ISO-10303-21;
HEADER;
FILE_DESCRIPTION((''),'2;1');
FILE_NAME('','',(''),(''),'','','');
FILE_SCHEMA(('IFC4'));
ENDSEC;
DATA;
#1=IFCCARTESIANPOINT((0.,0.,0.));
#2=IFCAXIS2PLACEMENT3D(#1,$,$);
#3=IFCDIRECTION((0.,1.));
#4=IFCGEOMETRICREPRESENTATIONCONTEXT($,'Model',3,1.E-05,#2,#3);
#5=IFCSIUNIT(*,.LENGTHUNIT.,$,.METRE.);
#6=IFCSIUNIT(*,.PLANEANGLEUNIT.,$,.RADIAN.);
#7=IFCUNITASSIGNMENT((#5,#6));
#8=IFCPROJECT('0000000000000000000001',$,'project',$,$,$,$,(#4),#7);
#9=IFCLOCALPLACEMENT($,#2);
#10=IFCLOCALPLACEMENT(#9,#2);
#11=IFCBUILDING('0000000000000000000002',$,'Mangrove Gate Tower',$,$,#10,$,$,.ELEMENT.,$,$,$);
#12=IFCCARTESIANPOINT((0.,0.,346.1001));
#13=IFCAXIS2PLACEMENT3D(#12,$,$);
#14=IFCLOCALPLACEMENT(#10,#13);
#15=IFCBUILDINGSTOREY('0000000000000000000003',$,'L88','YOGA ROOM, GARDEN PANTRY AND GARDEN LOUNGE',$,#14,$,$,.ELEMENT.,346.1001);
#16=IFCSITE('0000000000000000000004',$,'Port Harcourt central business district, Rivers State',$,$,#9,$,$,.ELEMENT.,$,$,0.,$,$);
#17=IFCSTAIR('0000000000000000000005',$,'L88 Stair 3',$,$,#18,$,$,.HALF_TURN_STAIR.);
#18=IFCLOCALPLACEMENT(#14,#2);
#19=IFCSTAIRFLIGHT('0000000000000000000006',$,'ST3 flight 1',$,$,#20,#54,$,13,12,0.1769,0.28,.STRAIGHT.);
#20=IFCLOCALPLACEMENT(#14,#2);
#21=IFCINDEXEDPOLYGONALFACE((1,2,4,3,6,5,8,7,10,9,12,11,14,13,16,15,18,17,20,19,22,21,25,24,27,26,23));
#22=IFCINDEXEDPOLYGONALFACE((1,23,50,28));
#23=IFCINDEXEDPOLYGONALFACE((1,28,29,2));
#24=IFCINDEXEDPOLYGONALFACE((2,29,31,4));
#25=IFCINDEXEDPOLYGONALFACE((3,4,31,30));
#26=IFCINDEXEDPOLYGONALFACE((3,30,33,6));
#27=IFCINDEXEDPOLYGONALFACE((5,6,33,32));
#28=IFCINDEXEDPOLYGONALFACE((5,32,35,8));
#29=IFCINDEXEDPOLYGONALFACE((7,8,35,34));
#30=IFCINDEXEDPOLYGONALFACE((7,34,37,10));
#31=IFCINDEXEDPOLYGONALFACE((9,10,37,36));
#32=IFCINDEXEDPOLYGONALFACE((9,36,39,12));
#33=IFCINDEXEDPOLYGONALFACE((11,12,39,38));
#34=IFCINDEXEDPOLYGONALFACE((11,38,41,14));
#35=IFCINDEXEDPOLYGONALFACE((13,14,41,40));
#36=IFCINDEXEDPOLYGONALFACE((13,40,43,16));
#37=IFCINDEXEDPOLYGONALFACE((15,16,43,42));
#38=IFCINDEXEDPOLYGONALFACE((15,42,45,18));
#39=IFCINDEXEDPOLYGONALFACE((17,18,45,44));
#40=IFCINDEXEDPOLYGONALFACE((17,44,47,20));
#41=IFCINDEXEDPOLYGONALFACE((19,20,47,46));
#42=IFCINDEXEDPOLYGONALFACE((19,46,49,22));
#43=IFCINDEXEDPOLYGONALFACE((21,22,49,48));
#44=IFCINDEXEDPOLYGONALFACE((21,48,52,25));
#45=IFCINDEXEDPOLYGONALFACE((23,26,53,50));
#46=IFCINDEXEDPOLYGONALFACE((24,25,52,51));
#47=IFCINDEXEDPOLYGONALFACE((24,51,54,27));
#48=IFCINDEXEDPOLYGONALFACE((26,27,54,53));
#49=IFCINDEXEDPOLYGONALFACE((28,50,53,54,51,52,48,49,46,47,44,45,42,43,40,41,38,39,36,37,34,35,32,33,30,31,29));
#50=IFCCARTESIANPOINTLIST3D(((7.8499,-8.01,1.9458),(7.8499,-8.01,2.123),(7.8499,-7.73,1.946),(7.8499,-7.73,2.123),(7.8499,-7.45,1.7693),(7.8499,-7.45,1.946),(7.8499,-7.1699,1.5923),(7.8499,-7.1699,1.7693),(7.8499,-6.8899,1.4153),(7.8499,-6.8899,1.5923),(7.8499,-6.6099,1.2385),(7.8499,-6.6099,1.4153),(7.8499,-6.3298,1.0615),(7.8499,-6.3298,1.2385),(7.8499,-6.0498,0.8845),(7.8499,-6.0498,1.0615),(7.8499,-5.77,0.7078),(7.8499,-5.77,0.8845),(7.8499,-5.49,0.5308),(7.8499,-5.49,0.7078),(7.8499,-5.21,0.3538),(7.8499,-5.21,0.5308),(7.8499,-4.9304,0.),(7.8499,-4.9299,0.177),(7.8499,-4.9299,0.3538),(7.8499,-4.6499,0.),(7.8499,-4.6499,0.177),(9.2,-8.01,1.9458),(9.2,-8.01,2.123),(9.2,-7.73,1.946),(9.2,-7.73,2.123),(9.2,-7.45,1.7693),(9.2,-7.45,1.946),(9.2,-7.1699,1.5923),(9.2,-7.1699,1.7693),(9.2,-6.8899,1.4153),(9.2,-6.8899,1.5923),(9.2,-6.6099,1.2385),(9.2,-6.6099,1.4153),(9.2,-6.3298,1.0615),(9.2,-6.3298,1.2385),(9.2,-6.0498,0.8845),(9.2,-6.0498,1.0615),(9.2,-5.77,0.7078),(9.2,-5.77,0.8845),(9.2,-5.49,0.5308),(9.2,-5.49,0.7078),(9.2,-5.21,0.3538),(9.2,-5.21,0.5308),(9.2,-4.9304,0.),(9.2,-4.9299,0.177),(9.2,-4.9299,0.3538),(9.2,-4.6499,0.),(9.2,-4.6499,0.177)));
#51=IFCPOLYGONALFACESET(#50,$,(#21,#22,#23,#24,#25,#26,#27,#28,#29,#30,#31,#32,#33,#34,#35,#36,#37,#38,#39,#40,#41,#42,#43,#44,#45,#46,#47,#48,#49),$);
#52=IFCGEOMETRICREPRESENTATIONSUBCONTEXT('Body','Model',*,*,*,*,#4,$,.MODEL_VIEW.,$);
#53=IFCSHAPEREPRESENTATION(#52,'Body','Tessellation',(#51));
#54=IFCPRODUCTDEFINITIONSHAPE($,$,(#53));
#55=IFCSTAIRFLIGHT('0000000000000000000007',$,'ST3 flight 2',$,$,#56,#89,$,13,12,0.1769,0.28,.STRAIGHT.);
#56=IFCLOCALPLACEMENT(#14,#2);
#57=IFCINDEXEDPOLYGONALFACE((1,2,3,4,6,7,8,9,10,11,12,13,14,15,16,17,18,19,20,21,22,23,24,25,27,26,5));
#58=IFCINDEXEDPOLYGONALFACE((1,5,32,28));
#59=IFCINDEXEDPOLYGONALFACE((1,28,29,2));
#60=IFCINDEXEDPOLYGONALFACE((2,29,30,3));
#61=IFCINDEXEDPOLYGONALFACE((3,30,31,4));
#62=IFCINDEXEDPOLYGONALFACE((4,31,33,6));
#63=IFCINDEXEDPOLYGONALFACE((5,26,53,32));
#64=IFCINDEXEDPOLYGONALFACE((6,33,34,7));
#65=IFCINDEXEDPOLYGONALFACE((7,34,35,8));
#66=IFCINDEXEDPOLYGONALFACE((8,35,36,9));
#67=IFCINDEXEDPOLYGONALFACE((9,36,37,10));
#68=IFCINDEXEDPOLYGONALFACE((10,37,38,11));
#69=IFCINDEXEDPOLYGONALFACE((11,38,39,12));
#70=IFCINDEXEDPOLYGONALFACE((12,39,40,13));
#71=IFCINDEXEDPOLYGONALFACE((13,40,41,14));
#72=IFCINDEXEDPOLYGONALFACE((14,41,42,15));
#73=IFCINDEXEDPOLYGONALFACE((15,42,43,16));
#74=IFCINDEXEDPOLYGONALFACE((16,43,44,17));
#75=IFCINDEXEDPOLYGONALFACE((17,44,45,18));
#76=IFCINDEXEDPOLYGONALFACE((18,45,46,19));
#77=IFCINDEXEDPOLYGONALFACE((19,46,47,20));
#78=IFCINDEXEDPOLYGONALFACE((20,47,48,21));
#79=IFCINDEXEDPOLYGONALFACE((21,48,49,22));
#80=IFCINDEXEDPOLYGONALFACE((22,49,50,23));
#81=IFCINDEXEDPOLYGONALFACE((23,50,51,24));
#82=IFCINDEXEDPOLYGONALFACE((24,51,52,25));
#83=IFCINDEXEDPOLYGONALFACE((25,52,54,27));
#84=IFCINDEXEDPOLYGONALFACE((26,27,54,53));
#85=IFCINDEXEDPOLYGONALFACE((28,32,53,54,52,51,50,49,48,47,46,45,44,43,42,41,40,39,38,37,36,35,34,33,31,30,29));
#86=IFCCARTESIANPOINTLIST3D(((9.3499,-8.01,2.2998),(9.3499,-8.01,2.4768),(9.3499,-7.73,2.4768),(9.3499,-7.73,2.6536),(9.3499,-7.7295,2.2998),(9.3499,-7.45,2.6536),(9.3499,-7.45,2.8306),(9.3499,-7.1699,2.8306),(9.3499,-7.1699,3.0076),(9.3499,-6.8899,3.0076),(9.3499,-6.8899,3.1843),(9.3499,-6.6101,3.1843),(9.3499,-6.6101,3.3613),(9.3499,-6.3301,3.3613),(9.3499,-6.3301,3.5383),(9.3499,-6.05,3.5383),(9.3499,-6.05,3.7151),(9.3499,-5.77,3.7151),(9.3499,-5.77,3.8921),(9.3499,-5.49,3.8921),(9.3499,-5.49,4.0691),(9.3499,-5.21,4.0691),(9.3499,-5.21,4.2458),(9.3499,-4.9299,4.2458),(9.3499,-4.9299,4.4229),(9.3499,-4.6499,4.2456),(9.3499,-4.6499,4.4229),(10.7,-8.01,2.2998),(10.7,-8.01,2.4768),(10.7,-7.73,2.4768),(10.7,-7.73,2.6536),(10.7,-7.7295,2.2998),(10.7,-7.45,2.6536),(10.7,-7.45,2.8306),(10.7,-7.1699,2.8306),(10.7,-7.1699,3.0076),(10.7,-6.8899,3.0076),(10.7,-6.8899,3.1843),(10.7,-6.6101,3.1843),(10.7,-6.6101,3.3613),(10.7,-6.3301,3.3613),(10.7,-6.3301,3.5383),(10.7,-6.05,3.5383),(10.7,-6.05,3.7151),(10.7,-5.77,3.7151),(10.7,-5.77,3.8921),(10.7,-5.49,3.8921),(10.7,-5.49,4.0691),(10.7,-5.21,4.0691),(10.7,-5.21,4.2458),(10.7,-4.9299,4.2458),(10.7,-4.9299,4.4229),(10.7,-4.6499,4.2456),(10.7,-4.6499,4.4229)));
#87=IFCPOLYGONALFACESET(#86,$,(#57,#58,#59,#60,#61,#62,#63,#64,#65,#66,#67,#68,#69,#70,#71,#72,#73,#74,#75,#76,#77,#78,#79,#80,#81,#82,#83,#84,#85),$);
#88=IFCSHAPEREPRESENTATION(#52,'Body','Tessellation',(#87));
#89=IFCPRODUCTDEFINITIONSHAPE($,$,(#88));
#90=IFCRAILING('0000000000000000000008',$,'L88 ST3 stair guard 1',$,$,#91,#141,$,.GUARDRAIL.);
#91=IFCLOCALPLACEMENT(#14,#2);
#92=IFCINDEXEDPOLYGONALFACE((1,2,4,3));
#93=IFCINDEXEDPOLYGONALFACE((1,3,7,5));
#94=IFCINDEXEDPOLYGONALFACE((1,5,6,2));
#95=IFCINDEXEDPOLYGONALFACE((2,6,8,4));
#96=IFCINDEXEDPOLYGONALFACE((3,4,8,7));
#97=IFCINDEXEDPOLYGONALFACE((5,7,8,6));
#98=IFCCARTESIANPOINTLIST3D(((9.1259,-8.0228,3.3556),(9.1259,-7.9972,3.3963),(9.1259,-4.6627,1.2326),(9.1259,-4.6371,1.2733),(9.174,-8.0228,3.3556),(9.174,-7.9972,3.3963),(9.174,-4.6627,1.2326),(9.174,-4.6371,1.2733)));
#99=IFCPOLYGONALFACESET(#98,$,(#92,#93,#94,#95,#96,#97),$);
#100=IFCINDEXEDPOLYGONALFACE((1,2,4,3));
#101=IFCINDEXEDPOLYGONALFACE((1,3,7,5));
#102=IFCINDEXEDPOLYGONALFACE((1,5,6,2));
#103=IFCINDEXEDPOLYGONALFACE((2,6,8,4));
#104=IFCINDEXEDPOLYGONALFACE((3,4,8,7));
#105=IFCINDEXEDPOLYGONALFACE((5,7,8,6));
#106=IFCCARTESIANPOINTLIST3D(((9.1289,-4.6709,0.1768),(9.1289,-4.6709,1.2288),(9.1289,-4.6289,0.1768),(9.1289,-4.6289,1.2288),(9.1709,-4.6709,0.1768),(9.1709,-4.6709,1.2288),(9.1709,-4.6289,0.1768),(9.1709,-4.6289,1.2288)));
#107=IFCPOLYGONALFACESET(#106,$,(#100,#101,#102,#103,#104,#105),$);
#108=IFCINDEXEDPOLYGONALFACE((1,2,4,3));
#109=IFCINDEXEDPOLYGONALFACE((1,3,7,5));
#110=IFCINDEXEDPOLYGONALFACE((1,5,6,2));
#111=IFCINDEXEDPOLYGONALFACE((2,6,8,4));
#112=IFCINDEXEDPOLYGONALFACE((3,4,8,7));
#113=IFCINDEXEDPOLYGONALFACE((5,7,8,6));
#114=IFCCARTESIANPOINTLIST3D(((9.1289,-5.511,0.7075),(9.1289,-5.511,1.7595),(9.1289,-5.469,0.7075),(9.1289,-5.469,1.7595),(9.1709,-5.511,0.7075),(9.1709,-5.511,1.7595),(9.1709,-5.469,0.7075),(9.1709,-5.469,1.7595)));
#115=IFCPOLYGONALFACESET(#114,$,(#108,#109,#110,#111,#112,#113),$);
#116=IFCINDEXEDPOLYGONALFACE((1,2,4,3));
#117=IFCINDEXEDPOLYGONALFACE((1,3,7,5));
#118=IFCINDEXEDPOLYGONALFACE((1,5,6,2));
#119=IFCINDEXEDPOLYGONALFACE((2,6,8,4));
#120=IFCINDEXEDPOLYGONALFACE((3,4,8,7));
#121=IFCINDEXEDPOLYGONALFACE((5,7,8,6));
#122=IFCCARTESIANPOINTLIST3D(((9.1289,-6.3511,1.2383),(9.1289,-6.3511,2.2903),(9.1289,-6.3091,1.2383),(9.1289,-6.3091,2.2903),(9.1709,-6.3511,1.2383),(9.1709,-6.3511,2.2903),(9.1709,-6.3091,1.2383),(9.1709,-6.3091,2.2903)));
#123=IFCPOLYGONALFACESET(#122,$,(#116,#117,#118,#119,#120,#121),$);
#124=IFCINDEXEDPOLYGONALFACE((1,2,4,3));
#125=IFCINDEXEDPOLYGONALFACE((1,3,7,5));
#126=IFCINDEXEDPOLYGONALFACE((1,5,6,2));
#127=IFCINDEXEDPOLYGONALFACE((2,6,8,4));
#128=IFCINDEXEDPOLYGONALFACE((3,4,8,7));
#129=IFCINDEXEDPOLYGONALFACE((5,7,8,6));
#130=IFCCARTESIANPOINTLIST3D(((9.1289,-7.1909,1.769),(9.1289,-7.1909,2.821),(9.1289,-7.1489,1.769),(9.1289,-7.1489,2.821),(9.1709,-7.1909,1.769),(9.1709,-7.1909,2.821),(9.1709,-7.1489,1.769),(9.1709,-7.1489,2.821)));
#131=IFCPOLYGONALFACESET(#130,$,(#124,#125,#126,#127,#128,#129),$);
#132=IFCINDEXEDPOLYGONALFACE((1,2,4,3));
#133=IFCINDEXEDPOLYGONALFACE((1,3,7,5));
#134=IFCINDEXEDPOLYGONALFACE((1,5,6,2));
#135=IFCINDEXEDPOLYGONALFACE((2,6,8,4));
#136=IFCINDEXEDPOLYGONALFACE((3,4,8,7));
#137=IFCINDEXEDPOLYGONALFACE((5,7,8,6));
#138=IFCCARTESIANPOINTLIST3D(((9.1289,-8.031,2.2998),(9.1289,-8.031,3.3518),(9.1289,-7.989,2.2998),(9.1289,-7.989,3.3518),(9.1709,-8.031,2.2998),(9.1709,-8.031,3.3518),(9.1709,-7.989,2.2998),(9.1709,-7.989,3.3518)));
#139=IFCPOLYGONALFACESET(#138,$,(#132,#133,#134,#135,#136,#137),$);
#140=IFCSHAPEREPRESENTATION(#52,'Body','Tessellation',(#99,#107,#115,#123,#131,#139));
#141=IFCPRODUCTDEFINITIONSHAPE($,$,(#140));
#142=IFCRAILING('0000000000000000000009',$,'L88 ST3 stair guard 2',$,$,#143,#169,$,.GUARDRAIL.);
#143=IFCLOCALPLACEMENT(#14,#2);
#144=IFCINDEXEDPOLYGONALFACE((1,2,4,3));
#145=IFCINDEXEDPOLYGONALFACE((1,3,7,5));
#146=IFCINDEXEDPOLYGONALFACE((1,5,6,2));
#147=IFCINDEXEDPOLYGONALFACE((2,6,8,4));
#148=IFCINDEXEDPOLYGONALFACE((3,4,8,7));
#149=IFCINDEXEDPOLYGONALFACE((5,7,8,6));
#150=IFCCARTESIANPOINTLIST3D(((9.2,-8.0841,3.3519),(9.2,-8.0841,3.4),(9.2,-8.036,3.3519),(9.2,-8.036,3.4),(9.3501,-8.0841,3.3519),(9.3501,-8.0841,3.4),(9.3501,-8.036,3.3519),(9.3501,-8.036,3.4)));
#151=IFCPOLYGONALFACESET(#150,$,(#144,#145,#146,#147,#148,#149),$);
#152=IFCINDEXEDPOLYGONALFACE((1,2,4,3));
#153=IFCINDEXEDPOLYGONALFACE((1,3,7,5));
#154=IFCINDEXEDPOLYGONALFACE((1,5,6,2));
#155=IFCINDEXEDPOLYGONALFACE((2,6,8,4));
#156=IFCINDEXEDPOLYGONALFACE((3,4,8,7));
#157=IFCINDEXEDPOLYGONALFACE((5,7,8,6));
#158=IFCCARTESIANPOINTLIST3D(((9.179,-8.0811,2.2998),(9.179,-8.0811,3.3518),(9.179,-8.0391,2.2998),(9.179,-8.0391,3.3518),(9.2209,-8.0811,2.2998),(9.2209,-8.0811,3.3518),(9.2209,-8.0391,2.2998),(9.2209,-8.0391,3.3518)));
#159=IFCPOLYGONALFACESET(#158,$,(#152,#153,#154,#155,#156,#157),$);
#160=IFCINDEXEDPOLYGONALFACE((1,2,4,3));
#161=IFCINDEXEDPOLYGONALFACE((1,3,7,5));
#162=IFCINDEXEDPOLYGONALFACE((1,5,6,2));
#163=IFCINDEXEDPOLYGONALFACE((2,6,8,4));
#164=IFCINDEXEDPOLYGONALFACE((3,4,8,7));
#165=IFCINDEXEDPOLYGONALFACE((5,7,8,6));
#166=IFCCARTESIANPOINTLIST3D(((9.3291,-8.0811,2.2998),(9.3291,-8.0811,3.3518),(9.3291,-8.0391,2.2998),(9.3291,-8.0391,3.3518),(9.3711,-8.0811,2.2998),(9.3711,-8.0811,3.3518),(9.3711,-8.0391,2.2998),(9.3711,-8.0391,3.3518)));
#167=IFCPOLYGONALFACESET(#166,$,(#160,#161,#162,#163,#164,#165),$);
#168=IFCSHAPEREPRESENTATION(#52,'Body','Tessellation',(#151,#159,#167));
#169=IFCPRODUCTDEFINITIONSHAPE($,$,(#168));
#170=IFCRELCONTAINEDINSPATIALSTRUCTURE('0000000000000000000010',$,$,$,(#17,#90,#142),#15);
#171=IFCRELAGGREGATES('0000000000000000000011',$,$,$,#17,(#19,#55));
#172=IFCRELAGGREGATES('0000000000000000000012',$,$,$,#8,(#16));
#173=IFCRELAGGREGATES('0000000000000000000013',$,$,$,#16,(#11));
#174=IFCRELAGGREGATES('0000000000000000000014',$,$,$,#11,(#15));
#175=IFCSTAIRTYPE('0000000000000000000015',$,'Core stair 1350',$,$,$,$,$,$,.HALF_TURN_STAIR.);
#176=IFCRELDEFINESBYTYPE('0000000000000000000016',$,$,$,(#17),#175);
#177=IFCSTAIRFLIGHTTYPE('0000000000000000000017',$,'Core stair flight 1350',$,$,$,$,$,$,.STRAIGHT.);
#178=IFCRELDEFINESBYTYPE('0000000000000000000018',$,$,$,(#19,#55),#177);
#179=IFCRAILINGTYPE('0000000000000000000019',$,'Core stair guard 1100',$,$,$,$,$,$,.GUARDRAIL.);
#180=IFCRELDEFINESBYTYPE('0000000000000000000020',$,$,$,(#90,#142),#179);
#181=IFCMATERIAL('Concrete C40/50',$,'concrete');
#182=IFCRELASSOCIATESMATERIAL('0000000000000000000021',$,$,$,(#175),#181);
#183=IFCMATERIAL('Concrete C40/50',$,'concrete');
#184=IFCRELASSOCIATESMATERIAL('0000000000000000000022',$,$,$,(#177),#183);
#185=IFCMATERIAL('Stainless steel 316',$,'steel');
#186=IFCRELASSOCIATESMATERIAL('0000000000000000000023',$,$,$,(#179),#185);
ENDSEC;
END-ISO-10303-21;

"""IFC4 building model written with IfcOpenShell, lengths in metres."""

from ifc_helpers import new_model, si_unit, direction, frame, origin, origin_2d, place, context, subcontext, project, spatial, polyline, rectangle, outline, extrude, material, type_object, element, aggregate, save


model = new_model("IFC4")

# Units and contexts
model_context = context("Model", 3, precision=1e-05, world=origin(), true_north=direction((0.0, 1.0)))
body_context = subcontext(model_context, "Body", "Model", "MODEL_VIEW")
ifc_project = project(units=[si_unit("LENGTHUNIT", "METRE"), si_unit("PLANEANGLEUNIT", "RADIAN")], contexts=[model_context])

# Site, building, storey
site_placement = place(None, origin())
site = spatial("IfcSite", under=ifc_project, at=site_placement, Name="Port Harcourt central business district, Rivers State", CompositionType="ELEMENT", RefElevation=0.0)
building_placement = place(site_placement, origin())
building = spatial("IfcBuilding", under=site, at=building_placement, Name="Mangrove Gate Tower", CompositionType="ELEMENT")
storey_placement = place(building_placement, frame((0.0, 0.0, 346.1001)))
storey = spatial("IfcBuildingStorey", under=building, at=storey_placement, Name="L88", Description="YOGA ROOM, GARDEN PANTRY AND GARDEN LOUNGE", CompositionType="ELEMENT", Elevation=346.1001)

# Stair, stair flights
ifc_material_1 = material(Name="Concrete C40/50", Category="concrete")
stair_type = type_object("IfcStairType", Name="Core stair 1350", PredefinedType="HALF_TURN_STAIR", material=ifc_material_1)
stair_placement = place(storey_placement, origin())
stair = element("IfcStair", 1, at=stair_placement, inside=storey, type_object=stair_type, Name="L88 Stair 3", PredefinedType="HALF_TURN_STAIR")
ifc_material_2 = material(Name="Concrete C40/50", Category="concrete")
stair_flight_type = type_object("IfcStairFlightType", Name="Core stair flight 1350", PredefinedType="STRAIGHT", material=ifc_material_2)
stair_flight_1_placement = place(storey_placement, frame((8.5249, -4.6499, 0.0), z_axis=(0.0, 0.0, 1.0), x_axis=(0.0, -1.0, 0.0)))
stair_flight_1 = element("IfcStairFlight", 2, at=stair_flight_1_placement, type_object=stair_flight_type, Name="ST3 flight 1", NumberOfRisers=13, NumberOfTreads=12, PredefinedType="STRAIGHT", RiserHeight=0.1769, TreadLength=0.28, context=body_context, shape_type="SweptSolid", body=[
    extrude(outline(polyline([(0.0, 0.0), (0.0, 0.177), (0.28, 0.177), (0.28, 0.3538), (0.5601, 0.3538), (0.5601, 0.5308), (0.8401, 0.5308), (0.8401, 0.7078), (1.1201, 0.7078), (1.1201, 0.8845), (1.3999, 0.8845), (1.3999, 1.0615), (1.6799, 1.0615), (1.6799, 1.2385), (1.96, 1.2385), (1.96, 1.4153), (2.24, 1.4153), (2.24, 1.5923), (2.52, 1.5923), (2.52, 1.7693), (2.8, 1.7693), (2.8, 1.946), (3.0801, 1.946), (3.0801, 2.123), (3.3601, 2.123), (3.3601, 2.3), (3.3601, 1.9458), (0.2805, 0.0), (0.0, 0.0)])), frame((0.0, 0.675, 0.0), z_axis=(0.0, -1.0, 0.0), x_axis=(1.0, 0.0, 0.0)), (0.0, 0.0, 1.0), 1.3501),
])
stair_flight_2_placement = place(storey_placement, frame((10.0249, -8.01, 2.2998), z_axis=(0.0, 0.0, 1.0), x_axis=(0.0, 1.0, 0.0)))
stair_flight_2 = element("IfcStairFlight", 3, at=stair_flight_2_placement, type_object=stair_flight_type, Name="ST3 flight 2", NumberOfRisers=13, NumberOfTreads=12, PredefinedType="STRAIGHT", RiserHeight=0.1769, TreadLength=0.28, context=body_context, shape_type="SweptSolid", body=[
    extrude(outline(polyline([(0.0, 0.0), (0.0, 0.177), (0.28, 0.177), (0.28, 0.3538), (0.5601, 0.3538), (0.5601, 0.5308), (0.8401, 0.5308), (0.8401, 0.7078), (1.1201, 0.7078), (1.1201, 0.8845), (1.3999, 0.8845), (1.3999, 1.0615), (1.6799, 1.0615), (1.6799, 1.2385), (1.96, 1.2385), (1.96, 1.4153), (2.24, 1.4153), (2.24, 1.5923), (2.52, 1.5923), (2.52, 1.7693), (2.8, 1.7693), (2.8, 1.946), (3.0801, 1.946), (3.0801, 2.123), (3.3601, 2.123), (3.3601, 2.3), (3.3601, 1.9458), (0.2805, 0.0), (0.0, 0.0)])), frame((0.0, 0.675, 0.0), z_axis=(0.0, -1.0, 0.0), x_axis=(1.0, 0.0, 0.0)), (0.0, 0.0, 1.0), 1.3501),
])
aggregate(stair, [stair_flight_1, stair_flight_2])

# Railings
ifc_material_3 = material(Name="Stainless steel 316", Category="steel")
railing_type_1 = type_object("IfcRailingType", Name="Core stair guard 1100", PredefinedType="GUARDRAIL", material=ifc_material_3)
railing_1_placement = place(storey_placement, frame((9.1499, -4.6499, 0.1768)))
element("IfcRailing", 4, at=railing_1_placement, inside=storey, type_object=railing_type_1, Name="L88 ST3 stair guard 1", PredefinedType="GUARDRAIL", context=body_context, shape_type="SweptSolid", body=[
    extrude(rectangle(XDim=0.0481, YDim=0.0481, at=origin_2d()), frame((0.0, 0.0, 1.0762), z_axis=(0.0, -0.84539, 0.53415), x_axis=(1.0, 0.0, 0.0)), (0.0, 0.0, 1.0), 3.9746),
    extrude(rectangle(XDim=0.042, YDim=0.042, at=origin_2d()), origin(), (0.0, 0.0, 1.0), 1.052),
    extrude(rectangle(XDim=0.042, YDim=0.042, at=origin_2d()), frame((0.0, -0.8401, 0.5308)), (0.0, 0.0, 1.0), 1.052),
    extrude(rectangle(XDim=0.042, YDim=0.042, at=origin_2d()), frame((0.0, -1.6802, 1.0615)), (0.0, 0.0, 1.0), 1.052),
    extrude(rectangle(XDim=0.042, YDim=0.042, at=origin_2d()), frame((0.0, -2.52, 1.5923)), (0.0, 0.0, 1.0), 1.052),
    extrude(rectangle(XDim=0.042, YDim=0.042, at=origin_2d()), frame((0.0, -3.3601, 2.123)), (0.0, 0.0, 1.0), 1.052),
])
railing_2_placement = place(storey_placement, frame((9.2, -8.0601, 2.2998)))
element("IfcRailing", 5, at=railing_2_placement, inside=storey, type_object=railing_type_1, Name="L88 ST3 stair guard 2", PredefinedType="GUARDRAIL", context=body_context, shape_type="SweptSolid", body=[
    extrude(rectangle(XDim=0.0481, YDim=0.0481, at=origin_2d()), frame((0.0, 0.0, 1.0762), z_axis=(1.0, 0.0, 0.0), x_axis=(0.0, 1.0, 0.0)), (0.0, 0.0, 1.0), 0.1501),
    extrude(rectangle(XDim=0.042, YDim=0.042, at=origin_2d()), origin(), (0.0, 0.0, 1.0), 1.052),
    extrude(rectangle(XDim=0.042, YDim=0.042, at=origin_2d()), frame((0.1501, 0.0, 0.0)), (0.0, 0.0, 1.0), 1.052),
])

save(model, "model.ifc")
